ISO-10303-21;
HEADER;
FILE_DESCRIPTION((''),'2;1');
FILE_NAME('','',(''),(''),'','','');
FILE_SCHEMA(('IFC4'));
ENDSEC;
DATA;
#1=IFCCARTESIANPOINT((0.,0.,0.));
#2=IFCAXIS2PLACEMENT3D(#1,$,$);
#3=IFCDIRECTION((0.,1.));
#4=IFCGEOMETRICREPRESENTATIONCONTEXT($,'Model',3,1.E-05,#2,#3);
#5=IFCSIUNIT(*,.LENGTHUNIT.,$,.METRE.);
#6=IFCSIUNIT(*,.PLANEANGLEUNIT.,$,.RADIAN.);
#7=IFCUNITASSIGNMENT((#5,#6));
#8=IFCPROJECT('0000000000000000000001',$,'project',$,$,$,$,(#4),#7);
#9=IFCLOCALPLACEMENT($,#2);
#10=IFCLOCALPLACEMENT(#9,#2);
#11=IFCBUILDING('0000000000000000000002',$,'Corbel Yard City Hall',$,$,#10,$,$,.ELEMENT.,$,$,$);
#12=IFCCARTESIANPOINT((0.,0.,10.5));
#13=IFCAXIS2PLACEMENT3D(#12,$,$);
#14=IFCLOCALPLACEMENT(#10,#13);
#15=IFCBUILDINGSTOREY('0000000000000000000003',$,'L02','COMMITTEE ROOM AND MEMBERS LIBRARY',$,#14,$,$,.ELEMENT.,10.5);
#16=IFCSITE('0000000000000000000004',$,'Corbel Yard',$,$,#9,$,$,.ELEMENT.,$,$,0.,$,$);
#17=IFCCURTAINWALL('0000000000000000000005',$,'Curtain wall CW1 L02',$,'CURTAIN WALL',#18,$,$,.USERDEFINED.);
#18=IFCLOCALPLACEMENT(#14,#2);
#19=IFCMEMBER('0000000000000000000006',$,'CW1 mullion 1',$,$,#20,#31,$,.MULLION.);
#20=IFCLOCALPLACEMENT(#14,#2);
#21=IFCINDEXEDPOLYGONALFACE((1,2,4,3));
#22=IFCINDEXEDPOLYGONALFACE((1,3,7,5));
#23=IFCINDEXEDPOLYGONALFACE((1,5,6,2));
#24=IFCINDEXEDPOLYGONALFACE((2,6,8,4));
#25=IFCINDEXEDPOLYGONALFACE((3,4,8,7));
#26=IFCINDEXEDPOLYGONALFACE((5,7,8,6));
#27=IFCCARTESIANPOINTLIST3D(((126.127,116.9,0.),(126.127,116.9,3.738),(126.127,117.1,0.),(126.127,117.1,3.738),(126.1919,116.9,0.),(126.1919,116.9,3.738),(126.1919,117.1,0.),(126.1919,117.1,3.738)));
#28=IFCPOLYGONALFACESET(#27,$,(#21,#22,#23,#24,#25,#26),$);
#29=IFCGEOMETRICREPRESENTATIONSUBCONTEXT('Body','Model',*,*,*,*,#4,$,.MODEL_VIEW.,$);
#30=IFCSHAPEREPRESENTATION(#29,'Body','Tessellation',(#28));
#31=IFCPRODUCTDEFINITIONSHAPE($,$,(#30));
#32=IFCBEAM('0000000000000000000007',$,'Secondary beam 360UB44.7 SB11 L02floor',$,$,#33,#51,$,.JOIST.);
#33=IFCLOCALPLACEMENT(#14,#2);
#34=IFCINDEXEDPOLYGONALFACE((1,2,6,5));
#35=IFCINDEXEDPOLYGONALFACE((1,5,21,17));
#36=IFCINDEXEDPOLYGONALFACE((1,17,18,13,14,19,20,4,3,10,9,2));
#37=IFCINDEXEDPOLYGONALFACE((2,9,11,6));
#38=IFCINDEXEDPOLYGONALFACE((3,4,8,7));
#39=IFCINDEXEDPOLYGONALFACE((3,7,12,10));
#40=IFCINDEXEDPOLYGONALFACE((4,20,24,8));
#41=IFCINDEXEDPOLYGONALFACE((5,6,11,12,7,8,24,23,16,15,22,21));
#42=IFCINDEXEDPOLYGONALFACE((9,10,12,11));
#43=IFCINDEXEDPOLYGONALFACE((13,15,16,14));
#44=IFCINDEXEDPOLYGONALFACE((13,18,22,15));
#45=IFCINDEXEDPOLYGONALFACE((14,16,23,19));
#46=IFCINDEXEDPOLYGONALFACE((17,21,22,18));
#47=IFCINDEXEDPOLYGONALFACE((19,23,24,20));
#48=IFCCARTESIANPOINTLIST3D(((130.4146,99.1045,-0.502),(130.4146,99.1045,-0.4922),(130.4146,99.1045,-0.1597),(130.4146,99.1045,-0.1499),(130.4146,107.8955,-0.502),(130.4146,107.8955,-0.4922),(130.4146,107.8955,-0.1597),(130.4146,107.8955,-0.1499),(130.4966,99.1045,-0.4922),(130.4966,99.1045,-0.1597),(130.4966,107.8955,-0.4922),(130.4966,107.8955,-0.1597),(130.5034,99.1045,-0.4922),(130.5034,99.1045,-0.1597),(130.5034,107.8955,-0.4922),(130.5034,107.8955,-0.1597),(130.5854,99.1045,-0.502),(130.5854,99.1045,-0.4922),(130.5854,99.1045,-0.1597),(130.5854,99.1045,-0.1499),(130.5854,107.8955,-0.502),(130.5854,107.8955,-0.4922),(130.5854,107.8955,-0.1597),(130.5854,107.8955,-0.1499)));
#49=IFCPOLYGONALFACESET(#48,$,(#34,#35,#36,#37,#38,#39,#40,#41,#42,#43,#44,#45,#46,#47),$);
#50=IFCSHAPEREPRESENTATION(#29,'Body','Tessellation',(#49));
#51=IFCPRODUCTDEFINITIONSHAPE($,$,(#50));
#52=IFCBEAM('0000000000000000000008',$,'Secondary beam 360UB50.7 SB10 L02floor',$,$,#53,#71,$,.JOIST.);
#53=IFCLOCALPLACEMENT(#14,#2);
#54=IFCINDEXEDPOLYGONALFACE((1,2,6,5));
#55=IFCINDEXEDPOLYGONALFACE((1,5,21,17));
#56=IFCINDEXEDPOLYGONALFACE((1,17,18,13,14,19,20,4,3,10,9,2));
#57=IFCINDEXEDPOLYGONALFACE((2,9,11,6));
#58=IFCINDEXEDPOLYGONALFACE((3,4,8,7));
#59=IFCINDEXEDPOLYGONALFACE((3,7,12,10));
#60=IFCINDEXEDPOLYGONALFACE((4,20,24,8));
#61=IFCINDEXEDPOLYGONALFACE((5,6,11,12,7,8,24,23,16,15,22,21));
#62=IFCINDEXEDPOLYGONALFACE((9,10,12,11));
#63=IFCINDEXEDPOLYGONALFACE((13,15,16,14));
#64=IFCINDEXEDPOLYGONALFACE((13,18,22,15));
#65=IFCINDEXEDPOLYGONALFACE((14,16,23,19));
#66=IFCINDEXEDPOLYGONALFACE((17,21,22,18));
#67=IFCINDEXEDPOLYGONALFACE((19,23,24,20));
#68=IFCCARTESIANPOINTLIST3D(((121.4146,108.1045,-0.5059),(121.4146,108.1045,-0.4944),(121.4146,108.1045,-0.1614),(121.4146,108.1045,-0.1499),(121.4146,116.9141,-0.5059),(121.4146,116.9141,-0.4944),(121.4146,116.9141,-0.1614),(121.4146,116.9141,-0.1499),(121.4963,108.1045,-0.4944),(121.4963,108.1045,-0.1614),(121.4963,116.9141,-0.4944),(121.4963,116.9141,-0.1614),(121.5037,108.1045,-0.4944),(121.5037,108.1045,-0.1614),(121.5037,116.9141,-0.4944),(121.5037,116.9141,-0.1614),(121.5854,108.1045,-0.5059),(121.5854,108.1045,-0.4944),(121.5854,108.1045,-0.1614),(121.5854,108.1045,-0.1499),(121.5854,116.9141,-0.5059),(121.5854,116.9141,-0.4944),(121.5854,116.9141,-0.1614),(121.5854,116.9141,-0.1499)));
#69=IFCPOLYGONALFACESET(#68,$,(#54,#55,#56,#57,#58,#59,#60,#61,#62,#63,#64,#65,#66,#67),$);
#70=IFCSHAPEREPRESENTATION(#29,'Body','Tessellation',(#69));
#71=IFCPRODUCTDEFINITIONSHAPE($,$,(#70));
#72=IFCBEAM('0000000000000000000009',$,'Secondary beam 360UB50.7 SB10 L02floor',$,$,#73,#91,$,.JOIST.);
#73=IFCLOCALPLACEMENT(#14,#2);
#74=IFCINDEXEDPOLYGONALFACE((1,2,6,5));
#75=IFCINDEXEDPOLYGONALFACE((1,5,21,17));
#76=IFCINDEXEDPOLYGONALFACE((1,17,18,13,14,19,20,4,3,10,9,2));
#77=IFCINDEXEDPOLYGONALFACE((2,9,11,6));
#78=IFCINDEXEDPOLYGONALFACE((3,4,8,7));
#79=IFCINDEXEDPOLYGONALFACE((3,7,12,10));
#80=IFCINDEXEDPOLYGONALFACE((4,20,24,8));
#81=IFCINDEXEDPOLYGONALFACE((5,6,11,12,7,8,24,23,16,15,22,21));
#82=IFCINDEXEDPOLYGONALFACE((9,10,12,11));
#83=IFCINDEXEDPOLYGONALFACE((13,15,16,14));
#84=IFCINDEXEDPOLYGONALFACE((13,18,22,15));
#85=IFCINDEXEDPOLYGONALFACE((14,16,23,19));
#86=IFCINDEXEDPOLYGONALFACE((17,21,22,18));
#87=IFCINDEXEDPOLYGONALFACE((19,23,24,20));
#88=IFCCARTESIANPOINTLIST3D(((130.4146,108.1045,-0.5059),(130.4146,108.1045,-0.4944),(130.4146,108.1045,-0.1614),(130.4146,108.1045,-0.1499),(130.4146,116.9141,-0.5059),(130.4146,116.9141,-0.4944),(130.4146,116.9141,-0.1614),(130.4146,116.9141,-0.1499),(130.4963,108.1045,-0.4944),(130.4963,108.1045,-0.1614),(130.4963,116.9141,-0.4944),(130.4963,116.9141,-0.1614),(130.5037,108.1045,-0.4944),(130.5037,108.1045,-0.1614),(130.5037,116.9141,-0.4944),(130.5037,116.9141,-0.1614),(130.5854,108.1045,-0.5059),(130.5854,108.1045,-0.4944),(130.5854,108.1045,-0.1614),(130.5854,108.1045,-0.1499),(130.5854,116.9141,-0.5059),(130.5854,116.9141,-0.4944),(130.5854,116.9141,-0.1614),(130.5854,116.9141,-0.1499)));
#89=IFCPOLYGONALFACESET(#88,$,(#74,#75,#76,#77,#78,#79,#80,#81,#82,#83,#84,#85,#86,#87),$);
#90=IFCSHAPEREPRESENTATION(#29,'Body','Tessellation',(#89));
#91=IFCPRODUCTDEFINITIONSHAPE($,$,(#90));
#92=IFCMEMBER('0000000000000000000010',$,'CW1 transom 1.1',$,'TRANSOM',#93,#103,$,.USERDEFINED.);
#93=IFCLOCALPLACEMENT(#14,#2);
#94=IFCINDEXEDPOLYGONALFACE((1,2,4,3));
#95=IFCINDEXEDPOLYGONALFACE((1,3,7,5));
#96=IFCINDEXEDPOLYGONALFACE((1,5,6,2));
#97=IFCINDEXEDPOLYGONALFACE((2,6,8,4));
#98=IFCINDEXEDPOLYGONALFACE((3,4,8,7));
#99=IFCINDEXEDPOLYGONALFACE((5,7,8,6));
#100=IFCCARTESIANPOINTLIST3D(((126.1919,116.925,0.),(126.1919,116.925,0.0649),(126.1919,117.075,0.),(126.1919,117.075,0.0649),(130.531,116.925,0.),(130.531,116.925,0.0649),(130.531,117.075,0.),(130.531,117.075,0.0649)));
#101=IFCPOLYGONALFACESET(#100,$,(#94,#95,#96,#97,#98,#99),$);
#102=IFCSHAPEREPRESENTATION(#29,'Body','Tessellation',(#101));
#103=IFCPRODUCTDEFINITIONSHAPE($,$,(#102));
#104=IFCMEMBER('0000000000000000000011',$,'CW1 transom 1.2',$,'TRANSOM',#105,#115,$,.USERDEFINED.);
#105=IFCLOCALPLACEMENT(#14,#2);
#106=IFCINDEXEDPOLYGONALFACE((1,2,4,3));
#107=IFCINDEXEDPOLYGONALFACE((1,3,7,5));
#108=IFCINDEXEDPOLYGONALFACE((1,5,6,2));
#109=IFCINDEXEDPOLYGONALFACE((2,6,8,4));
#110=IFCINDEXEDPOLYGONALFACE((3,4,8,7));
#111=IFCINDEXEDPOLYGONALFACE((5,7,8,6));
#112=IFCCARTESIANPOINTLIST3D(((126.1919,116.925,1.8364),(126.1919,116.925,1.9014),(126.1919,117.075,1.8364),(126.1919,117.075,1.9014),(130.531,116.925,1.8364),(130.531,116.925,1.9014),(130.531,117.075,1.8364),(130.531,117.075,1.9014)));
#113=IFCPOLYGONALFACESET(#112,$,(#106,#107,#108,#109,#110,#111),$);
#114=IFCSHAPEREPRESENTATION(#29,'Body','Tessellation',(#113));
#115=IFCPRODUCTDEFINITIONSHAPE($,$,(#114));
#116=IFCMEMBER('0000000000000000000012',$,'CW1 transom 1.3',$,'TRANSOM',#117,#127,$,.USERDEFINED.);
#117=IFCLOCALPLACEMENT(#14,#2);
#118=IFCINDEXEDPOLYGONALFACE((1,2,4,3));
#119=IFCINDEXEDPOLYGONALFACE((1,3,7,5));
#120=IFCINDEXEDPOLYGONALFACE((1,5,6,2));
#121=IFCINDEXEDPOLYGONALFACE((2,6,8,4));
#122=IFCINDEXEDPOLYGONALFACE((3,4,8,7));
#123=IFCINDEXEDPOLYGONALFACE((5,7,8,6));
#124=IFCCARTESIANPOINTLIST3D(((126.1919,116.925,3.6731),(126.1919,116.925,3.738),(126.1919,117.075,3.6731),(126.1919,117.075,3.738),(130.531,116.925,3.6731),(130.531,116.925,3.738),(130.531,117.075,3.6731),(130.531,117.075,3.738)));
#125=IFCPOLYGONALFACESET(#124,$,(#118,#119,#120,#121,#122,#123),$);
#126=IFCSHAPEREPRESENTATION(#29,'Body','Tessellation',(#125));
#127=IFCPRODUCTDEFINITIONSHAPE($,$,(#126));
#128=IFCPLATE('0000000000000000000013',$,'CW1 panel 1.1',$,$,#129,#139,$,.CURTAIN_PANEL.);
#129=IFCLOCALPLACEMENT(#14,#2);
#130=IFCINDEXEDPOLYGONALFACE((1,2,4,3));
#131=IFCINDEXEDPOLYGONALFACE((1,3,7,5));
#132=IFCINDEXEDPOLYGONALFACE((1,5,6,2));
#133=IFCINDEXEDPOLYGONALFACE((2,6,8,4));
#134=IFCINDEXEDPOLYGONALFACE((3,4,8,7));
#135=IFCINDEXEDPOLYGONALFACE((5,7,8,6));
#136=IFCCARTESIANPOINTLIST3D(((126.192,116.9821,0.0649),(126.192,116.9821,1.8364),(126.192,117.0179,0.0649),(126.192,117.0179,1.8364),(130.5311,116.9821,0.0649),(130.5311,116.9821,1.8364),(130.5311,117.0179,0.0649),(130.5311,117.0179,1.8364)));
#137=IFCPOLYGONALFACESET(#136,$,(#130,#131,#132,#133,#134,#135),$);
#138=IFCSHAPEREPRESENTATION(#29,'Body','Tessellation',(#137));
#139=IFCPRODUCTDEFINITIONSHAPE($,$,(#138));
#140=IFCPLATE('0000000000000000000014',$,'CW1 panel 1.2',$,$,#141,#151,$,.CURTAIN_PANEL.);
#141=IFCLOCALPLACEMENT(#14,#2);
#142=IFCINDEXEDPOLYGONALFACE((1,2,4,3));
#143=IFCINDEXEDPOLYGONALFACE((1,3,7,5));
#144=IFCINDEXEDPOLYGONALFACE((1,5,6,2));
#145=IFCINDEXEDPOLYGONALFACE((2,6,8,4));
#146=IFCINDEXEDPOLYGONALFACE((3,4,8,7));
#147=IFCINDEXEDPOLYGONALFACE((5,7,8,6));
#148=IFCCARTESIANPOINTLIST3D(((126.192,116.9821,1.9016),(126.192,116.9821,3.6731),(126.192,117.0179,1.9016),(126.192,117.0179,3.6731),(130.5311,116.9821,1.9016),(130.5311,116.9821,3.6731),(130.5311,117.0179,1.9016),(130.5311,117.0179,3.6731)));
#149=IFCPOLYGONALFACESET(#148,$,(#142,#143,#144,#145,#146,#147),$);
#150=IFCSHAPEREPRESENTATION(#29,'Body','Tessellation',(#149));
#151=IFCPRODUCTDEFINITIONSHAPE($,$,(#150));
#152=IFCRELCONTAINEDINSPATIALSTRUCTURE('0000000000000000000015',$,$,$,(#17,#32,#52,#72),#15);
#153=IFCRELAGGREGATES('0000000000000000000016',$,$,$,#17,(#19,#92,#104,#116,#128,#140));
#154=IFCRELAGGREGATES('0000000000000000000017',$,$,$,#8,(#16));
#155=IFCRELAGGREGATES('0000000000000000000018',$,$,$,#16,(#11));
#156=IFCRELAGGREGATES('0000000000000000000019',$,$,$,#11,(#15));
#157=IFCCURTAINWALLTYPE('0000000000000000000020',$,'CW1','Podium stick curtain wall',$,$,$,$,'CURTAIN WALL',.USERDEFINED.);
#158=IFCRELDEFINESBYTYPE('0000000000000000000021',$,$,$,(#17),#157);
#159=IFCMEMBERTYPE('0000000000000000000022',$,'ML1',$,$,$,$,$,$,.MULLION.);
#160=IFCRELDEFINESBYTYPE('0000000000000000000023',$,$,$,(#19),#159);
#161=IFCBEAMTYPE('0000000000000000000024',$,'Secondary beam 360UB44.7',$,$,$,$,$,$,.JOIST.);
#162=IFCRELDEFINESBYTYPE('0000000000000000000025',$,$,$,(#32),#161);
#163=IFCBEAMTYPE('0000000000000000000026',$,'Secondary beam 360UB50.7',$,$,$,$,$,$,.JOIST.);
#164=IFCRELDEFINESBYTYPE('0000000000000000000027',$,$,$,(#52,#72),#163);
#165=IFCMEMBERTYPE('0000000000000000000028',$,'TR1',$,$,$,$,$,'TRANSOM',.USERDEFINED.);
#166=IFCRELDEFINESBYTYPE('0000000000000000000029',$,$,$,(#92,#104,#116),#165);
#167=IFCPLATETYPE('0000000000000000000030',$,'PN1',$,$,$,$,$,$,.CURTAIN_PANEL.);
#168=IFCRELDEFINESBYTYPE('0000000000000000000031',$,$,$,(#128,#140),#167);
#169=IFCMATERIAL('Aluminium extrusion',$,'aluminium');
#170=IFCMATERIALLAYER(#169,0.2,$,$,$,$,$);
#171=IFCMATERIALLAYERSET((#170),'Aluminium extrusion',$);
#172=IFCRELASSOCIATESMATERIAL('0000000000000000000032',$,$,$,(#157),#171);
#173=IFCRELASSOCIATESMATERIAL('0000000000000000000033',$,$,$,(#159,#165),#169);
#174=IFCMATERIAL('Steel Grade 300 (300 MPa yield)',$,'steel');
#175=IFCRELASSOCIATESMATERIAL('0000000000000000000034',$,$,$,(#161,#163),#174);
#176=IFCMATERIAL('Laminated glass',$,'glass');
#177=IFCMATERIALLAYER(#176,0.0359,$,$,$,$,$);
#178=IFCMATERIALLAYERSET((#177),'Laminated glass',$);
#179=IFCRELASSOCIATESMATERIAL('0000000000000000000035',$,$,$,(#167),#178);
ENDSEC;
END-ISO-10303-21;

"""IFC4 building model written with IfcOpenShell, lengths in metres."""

from ifc_helpers import new_model, si_unit, direction, frame, origin, origin_2d, place, context, subcontext, project, spatial, rectangle, i_section, extrude, material, layer, layer_set, material_profile, profile_set, type_object, element, aggregate, save


model = new_model("IFC4")

# Units and contexts
model_context = context("Model", 3, precision=1e-05, world=origin(), true_north=direction((0.0, 1.0)))
body_context = subcontext(model_context, "Body", "Model", "MODEL_VIEW")
ifc_project = project(units=[si_unit("LENGTHUNIT", "METRE"), si_unit("PLANEANGLEUNIT", "RADIAN")], contexts=[model_context])

# Site, building, storey
site_placement = place(None, origin())
site = spatial("IfcSite", under=ifc_project, at=site_placement, Name="Corbel Yard", CompositionType="ELEMENT", RefElevation=0.0)
building_placement = place(site_placement, origin())
building = spatial("IfcBuilding", under=site, at=building_placement, Name="Corbel Yard City Hall", CompositionType="ELEMENT")
storey_placement = place(building_placement, frame((0.0, 0.0, 10.5)))
storey = spatial("IfcBuildingStorey", under=building, at=storey_placement, Name="L02", Description="COMMITTEE ROOM AND MEMBERS LIBRARY", CompositionType="ELEMENT", Elevation=10.5)

# Shared definitions
ifc_material_1 = material(Name="Steel Grade 300 (300 MPa yield)", Category="steel")

# Curtain wall, member
ifc_material_2 = material(Name="Aluminium extrusion", Category="aluminium")
ifc_layer_1 = layer(ifc_material_2, 0.2)
ifc_layer_set_1 = layer_set([ifc_layer_1], Name="Aluminium extrusion")
curtain_wall_type = type_object("IfcCurtainWallType", Name="CW1", Description="Podium stick curtain wall", ElementType="CURTAIN WALL", PredefinedType="USERDEFINED", material=ifc_layer_set_1)
curtain_wall_placement = place(storey_placement, origin())
curtain_wall = element("IfcCurtainWall", 1, at=curtain_wall_placement, inside=storey, type_object=curtain_wall_type, Name="Curtain wall CW1 L02", ObjectType="CURTAIN WALL", PredefinedType="USERDEFINED")
ifc_material_profile_1 = material_profile(ifc_material_2, rectangle(XDim=0.2, YDim=0.0649, at=origin_2d()), Name="200x65")
ifc_profile_set_1 = profile_set([ifc_material_profile_1], Name="Aluminium extrusion")
member_type_1 = type_object("IfcMemberType", Name="ML1", PredefinedType="MULLION", material=ifc_profile_set_1)
member_1_placement = place(storey_placement, frame((126.1594, 117.0, 0.0), z_axis=(0.0, 0.0, 1.0), x_axis=(0.0, 1.0, 0.0)))
member_1 = element("IfcMember", 2, at=member_1_placement, type_object=member_type_1, Name="CW1 mullion 1", PredefinedType="MULLION", context=body_context, shape_type="SweptSolid", body=[
    extrude(rectangle(XDim=0.2, YDim=0.0649, at=origin_2d()), origin(), (0.0, 0.0, 1.0), 3.738),
])

# Beams
ifc_material_profile_2 = material_profile(ifc_material_1, i_section(OverallWidth=0.1709, OverallDepth=0.3521, WebThickness=0.0068, FlangeThickness=0.0098, at=origin_2d()), Name="360UB44.7")
ifc_profile_set_2 = profile_set([ifc_material_profile_2], Name="Steel Grade 300 (300 MPa yield)")
beam_type_1 = type_object("IfcBeamType", Name="Secondary beam 360UB44.7", PredefinedType="JOIST", material=ifc_profile_set_2)
beam_1_placement = place(storey_placement, frame((130.5, 99.1045, -0.3259), z_axis=(0.0, 1.0, 0.0), x_axis=(-1.0, 0.0, 0.0)))
element("IfcBeam", 3, at=beam_1_placement, inside=storey, type_object=beam_type_1, Name="Secondary beam 360UB44.7 SB11 L02floor", PredefinedType="JOIST", context=body_context, shape_type="SweptSolid", body=[
    extrude(i_section(OverallWidth=0.1709, OverallDepth=0.3521, WebThickness=0.0068, FlangeThickness=0.0098, at=origin_2d()), origin(), (0.0, 0.0, 1.0), 8.791),
])
ifc_material_profile_3 = material_profile(ifc_material_1, i_section(OverallWidth=0.1709, OverallDepth=0.356, WebThickness=0.0073, FlangeThickness=0.0115, at=origin_2d()), Name="360UB50.7")
ifc_profile_set_3 = profile_set([ifc_material_profile_3], Name="Steel Grade 300 (300 MPa yield)")
beam_type_2 = type_object("IfcBeamType", Name="Secondary beam 360UB50.7", PredefinedType="JOIST", material=ifc_profile_set_3)
for number, where, z_axis, x_axis, name in (
    (4, (121.5, 108.1045, -0.3279), (0.0, 1.0, 0.0), (-1.0, 0.0, 0.0), "Secondary beam 360UB50.7 SB10 L02floor"),
    (5, (130.5, 108.1045, -0.3279), (0.0, 1.0, 0.0), (-1.0, 0.0, 0.0), "Secondary beam 360UB50.7 SB10 L02floor"),
):
    element("IfcBeam", number, at=place(storey_placement, frame(where, z_axis=z_axis, x_axis=x_axis)), inside=storey, type_object=beam_type_2, Name=name, PredefinedType="JOIST", context=body_context, shape_type="SweptSolid", body=[
        extrude(i_section(OverallWidth=0.1709, OverallDepth=0.356, WebThickness=0.0073, FlangeThickness=0.0115, at=origin_2d()), origin(), (0.0, 0.0, 1.0), 8.8096),
    ])

# Members
ifc_material_profile_4 = material_profile(ifc_material_2, rectangle(XDim=0.1499, YDim=0.0649, at=origin_2d()), Name="150x65")
ifc_profile_set_4 = profile_set([ifc_material_profile_4], Name="Aluminium extrusion")
member_type_2 = type_object("IfcMemberType", Name="TR1", ElementType="TRANSOM", PredefinedType="USERDEFINED", material=ifc_profile_set_4)
member_2_placement = place(storey_placement, frame((126.1919, 117.0, 0.0325), z_axis=(1.0, 0.0, 0.0), x_axis=(0.0, 1.0, 0.0)))
member_2 = element("IfcMember", 6, at=member_2_placement, type_object=member_type_2, Name="CW1 transom 1.1", ObjectType="TRANSOM", PredefinedType="USERDEFINED", context=body_context, shape_type="SweptSolid", body=[
    extrude(rectangle(XDim=0.1499, YDim=0.0649, at=origin_2d()), origin(), (0.0, 0.0, 1.0), 4.3391),
])
member_3_placement = place(storey_placement, frame((126.1919, 117.0, 1.8689), z_axis=(1.0, 0.0, 0.0), x_axis=(0.0, 1.0, 0.0)))
member_3 = element("IfcMember", 7, at=member_3_placement, type_object=member_type_2, Name="CW1 transom 1.2", ObjectType="TRANSOM", PredefinedType="USERDEFINED", context=body_context, shape_type="SweptSolid", body=[
    extrude(rectangle(XDim=0.1499, YDim=0.0649, at=origin_2d()), origin(), (0.0, 0.0, 1.0), 4.3391),
])
member_4_placement = place(storey_placement, frame((126.1919, 117.0, 3.7056), z_axis=(1.0, 0.0, 0.0), x_axis=(0.0, 1.0, 0.0)))
member_4 = element("IfcMember", 8, at=member_4_placement, type_object=member_type_2, Name="CW1 transom 1.3", ObjectType="TRANSOM", PredefinedType="USERDEFINED", context=body_context, shape_type="SweptSolid", body=[
    extrude(rectangle(XDim=0.1499, YDim=0.0649, at=origin_2d()), origin(), (0.0, 0.0, 1.0), 4.3391),
])

# Plates
ifc_material_3 = material(Name="Laminated glass", Category="glass")
ifc_layer_2 = layer(ifc_material_3, 0.0359)
ifc_layer_set_2 = layer_set([ifc_layer_2], Name="Laminated glass")
plate_type = type_object("IfcPlateType", Name="PN1", PredefinedType="CURTAIN_PANEL", material=ifc_layer_set_2)
plate_1_placement = place(storey_placement, frame((128.3616, 117.0, 0.0649), z_axis=(0.0, 0.0, 1.0), x_axis=(1.0, 0.0, 0.0)))
plate_1 = element("IfcPlate", 9, at=plate_1_placement, type_object=plate_type, Name="CW1 panel 1.1", PredefinedType="CURTAIN_PANEL", context=body_context, shape_type="SweptSolid", body=[
    extrude(rectangle(XDim=4.3391, YDim=0.0359, at=origin_2d()), origin(), (0.0, 0.0, 1.0), 1.7715),
])
plate_2_placement = place(storey_placement, frame((128.3616, 117.0, 1.9016), z_axis=(0.0, 0.0, 1.0), x_axis=(1.0, 0.0, 0.0)))
plate_2 = element("IfcPlate", 10, at=plate_2_placement, type_object=plate_type, Name="CW1 panel 1.2", PredefinedType="CURTAIN_PANEL", context=body_context, shape_type="SweptSolid", body=[
    extrude(rectangle(XDim=4.3391, YDim=0.0359, at=origin_2d()), origin(), (0.0, 0.0, 1.0), 1.7715),
])
aggregate(curtain_wall, [member_1, member_2, member_3, member_4, plate_1, plate_2])

save(model, "model.ifc")
